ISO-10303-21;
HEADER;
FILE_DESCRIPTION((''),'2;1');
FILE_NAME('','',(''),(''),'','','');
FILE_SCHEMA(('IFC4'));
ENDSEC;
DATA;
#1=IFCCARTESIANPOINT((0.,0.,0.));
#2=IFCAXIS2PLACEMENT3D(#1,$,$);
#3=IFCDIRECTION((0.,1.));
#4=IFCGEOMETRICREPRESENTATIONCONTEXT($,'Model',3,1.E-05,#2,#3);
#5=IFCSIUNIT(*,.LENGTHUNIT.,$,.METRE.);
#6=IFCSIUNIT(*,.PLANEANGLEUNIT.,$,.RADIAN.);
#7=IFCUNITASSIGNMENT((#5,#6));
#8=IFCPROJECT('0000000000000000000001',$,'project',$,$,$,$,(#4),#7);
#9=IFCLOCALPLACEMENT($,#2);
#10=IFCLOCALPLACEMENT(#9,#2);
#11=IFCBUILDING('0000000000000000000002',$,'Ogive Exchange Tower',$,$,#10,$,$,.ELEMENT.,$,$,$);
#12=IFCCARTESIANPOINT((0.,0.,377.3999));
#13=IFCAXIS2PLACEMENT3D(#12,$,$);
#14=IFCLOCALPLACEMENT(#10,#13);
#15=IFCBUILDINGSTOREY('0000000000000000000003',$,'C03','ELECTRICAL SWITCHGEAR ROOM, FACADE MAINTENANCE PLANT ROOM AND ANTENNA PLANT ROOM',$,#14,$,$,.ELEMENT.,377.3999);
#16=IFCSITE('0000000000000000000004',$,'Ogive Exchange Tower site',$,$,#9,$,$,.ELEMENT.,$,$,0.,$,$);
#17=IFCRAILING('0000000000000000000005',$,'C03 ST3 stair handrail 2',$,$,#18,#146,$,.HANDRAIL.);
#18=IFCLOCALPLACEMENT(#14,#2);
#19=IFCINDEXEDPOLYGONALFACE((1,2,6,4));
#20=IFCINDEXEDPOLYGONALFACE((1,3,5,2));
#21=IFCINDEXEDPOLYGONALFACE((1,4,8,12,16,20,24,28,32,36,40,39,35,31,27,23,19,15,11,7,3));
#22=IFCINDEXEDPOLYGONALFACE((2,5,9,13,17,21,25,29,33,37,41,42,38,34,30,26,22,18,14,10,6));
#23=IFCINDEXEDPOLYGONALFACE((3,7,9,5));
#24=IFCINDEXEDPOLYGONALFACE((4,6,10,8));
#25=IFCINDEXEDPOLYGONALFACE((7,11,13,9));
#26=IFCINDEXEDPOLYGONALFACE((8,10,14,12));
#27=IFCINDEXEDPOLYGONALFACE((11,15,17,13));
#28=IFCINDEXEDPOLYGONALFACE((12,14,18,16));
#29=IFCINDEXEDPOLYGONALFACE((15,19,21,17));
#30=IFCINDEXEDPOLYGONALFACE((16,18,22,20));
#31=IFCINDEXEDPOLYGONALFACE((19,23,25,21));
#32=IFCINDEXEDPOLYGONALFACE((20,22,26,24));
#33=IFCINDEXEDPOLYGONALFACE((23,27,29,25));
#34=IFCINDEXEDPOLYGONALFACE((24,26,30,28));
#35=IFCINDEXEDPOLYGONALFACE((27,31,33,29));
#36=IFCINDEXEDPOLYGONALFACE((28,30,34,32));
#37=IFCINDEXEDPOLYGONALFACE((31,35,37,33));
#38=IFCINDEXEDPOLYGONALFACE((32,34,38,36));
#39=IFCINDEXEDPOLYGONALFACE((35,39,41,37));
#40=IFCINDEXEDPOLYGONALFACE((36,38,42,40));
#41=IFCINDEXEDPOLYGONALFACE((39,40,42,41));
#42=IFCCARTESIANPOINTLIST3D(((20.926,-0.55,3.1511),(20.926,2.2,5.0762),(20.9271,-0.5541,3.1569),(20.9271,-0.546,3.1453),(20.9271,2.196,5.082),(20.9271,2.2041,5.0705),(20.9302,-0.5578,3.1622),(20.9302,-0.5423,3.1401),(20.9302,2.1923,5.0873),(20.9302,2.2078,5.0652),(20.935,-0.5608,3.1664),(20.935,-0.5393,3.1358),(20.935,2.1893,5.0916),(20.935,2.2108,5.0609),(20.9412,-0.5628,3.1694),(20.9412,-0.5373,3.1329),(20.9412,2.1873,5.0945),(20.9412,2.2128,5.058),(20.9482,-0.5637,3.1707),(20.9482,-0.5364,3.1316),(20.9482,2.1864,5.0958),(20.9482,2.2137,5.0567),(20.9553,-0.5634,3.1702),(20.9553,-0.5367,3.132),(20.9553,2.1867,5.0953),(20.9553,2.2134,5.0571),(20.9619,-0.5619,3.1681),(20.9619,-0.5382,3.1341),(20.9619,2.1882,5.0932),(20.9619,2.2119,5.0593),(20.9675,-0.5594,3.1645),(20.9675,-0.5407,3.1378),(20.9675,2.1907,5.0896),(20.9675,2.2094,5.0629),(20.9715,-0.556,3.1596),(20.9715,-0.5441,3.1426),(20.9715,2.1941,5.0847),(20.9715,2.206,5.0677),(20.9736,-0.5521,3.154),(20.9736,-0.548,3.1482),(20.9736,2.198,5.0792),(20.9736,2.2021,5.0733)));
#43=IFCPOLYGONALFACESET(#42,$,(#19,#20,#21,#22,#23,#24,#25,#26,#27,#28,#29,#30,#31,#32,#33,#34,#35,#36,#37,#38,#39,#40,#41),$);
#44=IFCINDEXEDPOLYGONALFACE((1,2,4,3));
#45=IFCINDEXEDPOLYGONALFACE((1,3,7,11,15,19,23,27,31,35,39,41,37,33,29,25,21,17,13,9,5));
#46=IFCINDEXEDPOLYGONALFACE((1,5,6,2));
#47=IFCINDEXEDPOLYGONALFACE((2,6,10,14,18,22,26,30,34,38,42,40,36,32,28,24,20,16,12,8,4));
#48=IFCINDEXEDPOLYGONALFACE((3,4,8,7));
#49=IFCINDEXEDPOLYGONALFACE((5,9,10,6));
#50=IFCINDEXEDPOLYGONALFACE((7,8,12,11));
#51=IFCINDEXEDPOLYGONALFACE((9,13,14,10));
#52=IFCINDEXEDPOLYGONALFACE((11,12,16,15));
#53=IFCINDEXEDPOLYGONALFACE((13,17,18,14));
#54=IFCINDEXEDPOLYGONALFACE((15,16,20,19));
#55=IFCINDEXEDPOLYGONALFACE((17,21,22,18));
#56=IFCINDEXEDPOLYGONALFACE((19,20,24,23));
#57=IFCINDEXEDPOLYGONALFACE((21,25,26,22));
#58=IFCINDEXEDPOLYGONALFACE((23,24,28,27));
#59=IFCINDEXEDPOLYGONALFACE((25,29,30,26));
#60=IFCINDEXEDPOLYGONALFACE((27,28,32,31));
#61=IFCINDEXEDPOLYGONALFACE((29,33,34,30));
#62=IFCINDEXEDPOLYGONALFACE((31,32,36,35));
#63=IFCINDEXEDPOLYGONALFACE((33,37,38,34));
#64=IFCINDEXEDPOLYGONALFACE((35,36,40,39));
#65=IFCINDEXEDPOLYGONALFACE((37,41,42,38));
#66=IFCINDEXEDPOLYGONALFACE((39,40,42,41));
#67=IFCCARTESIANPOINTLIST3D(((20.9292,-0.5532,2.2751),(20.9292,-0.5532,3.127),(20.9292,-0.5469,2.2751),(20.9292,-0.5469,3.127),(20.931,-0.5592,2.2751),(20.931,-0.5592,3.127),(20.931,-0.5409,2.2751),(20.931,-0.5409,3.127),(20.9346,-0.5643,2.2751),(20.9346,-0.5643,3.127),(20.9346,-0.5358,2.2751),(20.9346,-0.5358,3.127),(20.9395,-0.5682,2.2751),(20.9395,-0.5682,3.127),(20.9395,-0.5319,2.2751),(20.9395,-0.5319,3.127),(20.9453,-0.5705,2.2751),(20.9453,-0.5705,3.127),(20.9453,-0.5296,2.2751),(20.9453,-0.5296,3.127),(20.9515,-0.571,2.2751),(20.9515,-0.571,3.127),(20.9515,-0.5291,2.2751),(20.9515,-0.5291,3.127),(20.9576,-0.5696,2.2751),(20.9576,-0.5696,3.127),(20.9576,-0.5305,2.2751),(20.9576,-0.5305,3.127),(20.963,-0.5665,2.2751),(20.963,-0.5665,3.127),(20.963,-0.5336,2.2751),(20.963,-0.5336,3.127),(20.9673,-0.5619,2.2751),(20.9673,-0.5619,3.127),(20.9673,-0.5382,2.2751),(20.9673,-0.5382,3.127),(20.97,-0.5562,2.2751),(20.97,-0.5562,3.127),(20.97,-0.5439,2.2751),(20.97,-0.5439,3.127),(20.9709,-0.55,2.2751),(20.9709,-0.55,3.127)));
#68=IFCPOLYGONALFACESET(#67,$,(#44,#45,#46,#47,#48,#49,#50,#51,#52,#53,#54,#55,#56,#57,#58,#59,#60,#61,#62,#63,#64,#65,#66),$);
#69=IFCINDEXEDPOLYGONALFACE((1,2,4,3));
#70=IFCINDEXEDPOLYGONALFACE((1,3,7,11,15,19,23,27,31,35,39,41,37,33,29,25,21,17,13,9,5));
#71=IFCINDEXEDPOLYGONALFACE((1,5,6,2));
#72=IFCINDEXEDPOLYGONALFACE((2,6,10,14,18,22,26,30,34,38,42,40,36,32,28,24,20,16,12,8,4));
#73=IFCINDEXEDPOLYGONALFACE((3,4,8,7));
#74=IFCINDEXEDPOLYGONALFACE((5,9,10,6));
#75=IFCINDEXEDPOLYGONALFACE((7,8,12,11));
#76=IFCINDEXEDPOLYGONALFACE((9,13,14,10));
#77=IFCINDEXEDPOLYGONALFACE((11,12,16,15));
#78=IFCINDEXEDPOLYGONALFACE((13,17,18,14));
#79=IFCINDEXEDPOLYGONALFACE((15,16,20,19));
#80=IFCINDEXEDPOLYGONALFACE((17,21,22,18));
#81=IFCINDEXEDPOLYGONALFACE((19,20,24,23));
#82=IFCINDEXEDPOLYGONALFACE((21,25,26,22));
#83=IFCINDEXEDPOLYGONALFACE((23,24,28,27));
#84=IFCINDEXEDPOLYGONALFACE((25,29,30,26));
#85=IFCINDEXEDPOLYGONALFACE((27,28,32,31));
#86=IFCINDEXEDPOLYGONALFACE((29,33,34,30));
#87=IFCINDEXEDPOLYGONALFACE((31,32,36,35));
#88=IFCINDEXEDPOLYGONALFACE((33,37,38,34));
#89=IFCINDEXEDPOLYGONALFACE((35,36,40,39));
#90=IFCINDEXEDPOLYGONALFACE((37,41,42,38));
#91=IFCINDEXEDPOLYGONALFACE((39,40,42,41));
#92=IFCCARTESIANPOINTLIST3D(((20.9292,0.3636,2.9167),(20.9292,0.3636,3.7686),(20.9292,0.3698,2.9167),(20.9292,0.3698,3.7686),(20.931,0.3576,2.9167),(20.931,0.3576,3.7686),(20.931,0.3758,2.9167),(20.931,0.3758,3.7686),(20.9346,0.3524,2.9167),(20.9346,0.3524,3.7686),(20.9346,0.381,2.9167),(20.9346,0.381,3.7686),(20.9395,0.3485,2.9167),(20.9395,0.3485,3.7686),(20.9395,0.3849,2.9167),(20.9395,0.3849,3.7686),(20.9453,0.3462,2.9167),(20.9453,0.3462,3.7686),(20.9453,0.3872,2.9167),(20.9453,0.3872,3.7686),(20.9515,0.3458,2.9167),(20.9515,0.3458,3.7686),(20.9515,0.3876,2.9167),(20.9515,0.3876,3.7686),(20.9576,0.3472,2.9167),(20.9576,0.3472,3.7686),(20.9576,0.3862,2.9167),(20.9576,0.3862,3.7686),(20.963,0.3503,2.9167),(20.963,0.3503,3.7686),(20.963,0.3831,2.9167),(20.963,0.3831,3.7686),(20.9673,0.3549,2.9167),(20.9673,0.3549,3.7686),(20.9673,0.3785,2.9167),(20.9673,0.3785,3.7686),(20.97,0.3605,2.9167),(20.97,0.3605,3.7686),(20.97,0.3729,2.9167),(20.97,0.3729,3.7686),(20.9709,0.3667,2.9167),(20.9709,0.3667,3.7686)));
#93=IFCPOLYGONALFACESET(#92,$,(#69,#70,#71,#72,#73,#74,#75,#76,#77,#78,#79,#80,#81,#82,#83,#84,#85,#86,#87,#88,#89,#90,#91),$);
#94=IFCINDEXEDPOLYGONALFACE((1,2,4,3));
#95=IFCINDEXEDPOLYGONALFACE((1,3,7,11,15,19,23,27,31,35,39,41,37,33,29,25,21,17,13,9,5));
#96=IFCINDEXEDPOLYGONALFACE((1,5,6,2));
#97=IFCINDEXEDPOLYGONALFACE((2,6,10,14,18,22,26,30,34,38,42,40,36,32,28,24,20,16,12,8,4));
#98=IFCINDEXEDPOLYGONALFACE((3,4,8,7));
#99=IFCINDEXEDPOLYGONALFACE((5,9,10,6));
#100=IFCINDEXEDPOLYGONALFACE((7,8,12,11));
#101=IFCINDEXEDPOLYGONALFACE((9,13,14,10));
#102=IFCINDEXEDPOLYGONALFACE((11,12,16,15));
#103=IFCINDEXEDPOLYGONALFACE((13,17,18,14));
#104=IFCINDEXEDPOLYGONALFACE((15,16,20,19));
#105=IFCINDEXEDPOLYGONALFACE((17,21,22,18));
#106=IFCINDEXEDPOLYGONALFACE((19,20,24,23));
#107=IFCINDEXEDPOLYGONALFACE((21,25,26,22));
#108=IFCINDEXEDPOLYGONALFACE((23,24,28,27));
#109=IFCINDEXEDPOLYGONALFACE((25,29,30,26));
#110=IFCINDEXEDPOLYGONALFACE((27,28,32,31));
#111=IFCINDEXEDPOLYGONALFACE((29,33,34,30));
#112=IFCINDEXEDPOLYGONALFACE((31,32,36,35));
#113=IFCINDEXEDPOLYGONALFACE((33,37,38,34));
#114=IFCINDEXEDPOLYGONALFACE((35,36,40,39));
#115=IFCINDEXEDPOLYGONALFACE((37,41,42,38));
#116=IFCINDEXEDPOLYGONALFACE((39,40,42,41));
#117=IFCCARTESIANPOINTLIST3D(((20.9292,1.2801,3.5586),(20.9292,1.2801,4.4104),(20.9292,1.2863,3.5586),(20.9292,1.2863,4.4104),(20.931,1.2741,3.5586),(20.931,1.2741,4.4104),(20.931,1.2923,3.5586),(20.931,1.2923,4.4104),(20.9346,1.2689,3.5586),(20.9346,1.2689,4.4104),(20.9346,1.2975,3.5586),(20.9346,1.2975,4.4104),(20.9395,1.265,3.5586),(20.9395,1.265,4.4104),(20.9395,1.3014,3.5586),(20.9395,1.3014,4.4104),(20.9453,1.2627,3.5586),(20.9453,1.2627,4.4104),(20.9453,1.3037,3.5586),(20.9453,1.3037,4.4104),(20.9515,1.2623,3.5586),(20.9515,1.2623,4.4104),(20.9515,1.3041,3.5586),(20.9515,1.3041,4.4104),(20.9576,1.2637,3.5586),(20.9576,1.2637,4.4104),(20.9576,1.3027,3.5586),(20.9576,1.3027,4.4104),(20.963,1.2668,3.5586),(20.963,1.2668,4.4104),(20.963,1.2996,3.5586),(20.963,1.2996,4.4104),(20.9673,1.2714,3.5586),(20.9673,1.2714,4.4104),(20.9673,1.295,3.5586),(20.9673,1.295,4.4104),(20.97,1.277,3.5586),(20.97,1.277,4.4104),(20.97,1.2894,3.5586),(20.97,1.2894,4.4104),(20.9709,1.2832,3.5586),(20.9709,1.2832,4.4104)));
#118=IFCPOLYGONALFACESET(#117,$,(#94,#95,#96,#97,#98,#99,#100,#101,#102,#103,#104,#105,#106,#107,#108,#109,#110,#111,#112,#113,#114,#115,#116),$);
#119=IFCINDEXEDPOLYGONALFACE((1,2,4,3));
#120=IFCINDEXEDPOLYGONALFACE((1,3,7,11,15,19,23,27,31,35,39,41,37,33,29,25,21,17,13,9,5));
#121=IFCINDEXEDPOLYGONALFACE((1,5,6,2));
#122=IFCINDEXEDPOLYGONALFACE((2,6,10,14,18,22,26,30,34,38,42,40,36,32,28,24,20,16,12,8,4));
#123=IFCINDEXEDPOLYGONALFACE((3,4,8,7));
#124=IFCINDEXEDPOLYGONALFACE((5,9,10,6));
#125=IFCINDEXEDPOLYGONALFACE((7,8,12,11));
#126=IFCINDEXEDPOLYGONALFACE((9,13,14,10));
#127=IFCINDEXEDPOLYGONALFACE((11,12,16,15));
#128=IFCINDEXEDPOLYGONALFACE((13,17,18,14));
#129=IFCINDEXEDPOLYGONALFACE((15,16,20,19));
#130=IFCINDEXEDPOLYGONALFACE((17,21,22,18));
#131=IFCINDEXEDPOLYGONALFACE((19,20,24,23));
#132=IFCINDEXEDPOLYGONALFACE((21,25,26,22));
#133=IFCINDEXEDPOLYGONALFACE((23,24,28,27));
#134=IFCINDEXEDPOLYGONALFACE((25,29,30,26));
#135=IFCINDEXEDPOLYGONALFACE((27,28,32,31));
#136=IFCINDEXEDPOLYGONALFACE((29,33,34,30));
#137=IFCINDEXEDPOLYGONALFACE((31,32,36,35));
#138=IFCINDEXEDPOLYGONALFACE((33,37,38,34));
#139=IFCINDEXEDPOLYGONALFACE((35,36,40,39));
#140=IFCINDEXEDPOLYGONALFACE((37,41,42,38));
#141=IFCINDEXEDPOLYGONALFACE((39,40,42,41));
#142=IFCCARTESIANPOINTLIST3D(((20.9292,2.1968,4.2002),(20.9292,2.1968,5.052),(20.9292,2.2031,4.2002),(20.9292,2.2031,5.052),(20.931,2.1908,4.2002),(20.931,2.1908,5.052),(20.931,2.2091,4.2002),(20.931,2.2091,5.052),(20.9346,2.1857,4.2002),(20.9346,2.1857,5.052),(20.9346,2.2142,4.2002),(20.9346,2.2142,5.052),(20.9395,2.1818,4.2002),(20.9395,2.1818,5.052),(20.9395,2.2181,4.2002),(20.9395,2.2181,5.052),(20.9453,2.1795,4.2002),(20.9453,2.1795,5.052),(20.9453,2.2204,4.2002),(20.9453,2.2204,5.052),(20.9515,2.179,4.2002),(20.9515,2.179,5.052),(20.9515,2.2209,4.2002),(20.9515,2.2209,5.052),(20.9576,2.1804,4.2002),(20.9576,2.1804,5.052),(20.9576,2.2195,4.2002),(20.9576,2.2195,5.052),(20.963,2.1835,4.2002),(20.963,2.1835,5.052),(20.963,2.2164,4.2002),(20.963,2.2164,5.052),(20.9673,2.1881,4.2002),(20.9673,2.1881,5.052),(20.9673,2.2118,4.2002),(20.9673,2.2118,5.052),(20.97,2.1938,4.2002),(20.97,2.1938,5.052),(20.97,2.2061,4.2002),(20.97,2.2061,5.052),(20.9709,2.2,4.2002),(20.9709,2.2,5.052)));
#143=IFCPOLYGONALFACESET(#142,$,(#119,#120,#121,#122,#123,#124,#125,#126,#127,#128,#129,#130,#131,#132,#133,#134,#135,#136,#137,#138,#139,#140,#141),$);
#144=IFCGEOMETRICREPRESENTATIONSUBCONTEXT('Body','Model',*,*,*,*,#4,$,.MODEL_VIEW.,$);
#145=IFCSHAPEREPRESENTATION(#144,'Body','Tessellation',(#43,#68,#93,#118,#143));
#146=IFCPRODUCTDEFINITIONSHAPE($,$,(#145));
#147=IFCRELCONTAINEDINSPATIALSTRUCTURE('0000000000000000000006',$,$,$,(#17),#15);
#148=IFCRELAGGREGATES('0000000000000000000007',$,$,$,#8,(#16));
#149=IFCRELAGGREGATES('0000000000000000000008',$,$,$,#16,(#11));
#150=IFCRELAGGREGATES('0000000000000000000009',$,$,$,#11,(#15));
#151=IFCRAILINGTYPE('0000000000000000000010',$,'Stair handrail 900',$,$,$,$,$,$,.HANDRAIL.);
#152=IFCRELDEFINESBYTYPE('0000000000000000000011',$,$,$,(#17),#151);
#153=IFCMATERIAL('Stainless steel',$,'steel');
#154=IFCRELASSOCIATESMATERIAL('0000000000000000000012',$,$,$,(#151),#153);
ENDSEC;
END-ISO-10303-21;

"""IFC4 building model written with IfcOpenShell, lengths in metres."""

from ifc_helpers import new_model, si_unit, direction, frame, origin, origin_2d, place, context, subcontext, project, spatial, circle, extrude, material, type_object, element, save


model = new_model("IFC4")

# Units and contexts
model_context = context("Model", 3, precision=1e-05, world=origin(), true_north=direction((0.0, 1.0)))
body_context = subcontext(model_context, "Body", "Model", "MODEL_VIEW")
ifc_project = project(units=[si_unit("LENGTHUNIT", "METRE"), si_unit("PLANEANGLEUNIT", "RADIAN")], contexts=[model_context])

# Site, building, storey
site_placement = place(None, origin())
site = spatial("IfcSite", under=ifc_project, at=site_placement, Name="Ogive Exchange Tower site", CompositionType="ELEMENT", RefElevation=0.0)
building_placement = place(site_placement, origin())
building = spatial("IfcBuilding", under=site, at=building_placement, Name="Ogive Exchange Tower", CompositionType="ELEMENT")
storey_placement = place(building_placement, frame((0.0, 0.0, 377.3999)))
storey = spatial("IfcBuildingStorey", under=building, at=storey_placement, Name="C03", Description="ELECTRICAL SWITCHGEAR ROOM, FACADE MAINTENANCE PLANT ROOM AND ANTENNA PLANT ROOM", CompositionType="ELEMENT", Elevation=377.3999)

# Shared definitions
ifc_material_1 = material(Name="Stainless steel", Category="steel")

# Railing
railing_type = type_object("IfcRailingType", Name="Stair handrail 900", PredefinedType="HANDRAIL", material=ifc_material_1)
railing_1_placement = place(storey_placement, frame((20.95, -0.55, 2.2751)))
element("IfcRailing", 1, at=railing_1_placement, inside=storey, type_object=railing_type, Name="C03 ST3 stair handrail 2", PredefinedType="HANDRAIL", context=body_context, shape_type="SweptSolid", body=[
    extrude(circle(Radius=0.0239, at=origin_2d()), frame((0.0, 0.0, 0.876), z_axis=(0.0, 0.819225, 0.573472), x_axis=(-1.0, 0.0, 0.0)), (0.0, 0.0, 1.0), 3.3569),
    extrude(circle(Radius=0.021, at=origin_2d()), origin(), (0.0, 0.0, 1.0), 0.8518),
    extrude(circle(Radius=0.021, at=origin_2d()), frame((0.0, 0.9167, 0.6416)), (0.0, 0.0, 1.0), 0.8518),
    extrude(circle(Radius=0.021, at=origin_2d()), frame((0.0, 1.8333, 1.2834)), (0.0, 0.0, 1.0), 0.8518),
    extrude(circle(Radius=0.021, at=origin_2d()), frame((0.0, 2.75, 1.925)), (0.0, 0.0, 1.0), 0.8518),
])

save(model, "model.ifc")
